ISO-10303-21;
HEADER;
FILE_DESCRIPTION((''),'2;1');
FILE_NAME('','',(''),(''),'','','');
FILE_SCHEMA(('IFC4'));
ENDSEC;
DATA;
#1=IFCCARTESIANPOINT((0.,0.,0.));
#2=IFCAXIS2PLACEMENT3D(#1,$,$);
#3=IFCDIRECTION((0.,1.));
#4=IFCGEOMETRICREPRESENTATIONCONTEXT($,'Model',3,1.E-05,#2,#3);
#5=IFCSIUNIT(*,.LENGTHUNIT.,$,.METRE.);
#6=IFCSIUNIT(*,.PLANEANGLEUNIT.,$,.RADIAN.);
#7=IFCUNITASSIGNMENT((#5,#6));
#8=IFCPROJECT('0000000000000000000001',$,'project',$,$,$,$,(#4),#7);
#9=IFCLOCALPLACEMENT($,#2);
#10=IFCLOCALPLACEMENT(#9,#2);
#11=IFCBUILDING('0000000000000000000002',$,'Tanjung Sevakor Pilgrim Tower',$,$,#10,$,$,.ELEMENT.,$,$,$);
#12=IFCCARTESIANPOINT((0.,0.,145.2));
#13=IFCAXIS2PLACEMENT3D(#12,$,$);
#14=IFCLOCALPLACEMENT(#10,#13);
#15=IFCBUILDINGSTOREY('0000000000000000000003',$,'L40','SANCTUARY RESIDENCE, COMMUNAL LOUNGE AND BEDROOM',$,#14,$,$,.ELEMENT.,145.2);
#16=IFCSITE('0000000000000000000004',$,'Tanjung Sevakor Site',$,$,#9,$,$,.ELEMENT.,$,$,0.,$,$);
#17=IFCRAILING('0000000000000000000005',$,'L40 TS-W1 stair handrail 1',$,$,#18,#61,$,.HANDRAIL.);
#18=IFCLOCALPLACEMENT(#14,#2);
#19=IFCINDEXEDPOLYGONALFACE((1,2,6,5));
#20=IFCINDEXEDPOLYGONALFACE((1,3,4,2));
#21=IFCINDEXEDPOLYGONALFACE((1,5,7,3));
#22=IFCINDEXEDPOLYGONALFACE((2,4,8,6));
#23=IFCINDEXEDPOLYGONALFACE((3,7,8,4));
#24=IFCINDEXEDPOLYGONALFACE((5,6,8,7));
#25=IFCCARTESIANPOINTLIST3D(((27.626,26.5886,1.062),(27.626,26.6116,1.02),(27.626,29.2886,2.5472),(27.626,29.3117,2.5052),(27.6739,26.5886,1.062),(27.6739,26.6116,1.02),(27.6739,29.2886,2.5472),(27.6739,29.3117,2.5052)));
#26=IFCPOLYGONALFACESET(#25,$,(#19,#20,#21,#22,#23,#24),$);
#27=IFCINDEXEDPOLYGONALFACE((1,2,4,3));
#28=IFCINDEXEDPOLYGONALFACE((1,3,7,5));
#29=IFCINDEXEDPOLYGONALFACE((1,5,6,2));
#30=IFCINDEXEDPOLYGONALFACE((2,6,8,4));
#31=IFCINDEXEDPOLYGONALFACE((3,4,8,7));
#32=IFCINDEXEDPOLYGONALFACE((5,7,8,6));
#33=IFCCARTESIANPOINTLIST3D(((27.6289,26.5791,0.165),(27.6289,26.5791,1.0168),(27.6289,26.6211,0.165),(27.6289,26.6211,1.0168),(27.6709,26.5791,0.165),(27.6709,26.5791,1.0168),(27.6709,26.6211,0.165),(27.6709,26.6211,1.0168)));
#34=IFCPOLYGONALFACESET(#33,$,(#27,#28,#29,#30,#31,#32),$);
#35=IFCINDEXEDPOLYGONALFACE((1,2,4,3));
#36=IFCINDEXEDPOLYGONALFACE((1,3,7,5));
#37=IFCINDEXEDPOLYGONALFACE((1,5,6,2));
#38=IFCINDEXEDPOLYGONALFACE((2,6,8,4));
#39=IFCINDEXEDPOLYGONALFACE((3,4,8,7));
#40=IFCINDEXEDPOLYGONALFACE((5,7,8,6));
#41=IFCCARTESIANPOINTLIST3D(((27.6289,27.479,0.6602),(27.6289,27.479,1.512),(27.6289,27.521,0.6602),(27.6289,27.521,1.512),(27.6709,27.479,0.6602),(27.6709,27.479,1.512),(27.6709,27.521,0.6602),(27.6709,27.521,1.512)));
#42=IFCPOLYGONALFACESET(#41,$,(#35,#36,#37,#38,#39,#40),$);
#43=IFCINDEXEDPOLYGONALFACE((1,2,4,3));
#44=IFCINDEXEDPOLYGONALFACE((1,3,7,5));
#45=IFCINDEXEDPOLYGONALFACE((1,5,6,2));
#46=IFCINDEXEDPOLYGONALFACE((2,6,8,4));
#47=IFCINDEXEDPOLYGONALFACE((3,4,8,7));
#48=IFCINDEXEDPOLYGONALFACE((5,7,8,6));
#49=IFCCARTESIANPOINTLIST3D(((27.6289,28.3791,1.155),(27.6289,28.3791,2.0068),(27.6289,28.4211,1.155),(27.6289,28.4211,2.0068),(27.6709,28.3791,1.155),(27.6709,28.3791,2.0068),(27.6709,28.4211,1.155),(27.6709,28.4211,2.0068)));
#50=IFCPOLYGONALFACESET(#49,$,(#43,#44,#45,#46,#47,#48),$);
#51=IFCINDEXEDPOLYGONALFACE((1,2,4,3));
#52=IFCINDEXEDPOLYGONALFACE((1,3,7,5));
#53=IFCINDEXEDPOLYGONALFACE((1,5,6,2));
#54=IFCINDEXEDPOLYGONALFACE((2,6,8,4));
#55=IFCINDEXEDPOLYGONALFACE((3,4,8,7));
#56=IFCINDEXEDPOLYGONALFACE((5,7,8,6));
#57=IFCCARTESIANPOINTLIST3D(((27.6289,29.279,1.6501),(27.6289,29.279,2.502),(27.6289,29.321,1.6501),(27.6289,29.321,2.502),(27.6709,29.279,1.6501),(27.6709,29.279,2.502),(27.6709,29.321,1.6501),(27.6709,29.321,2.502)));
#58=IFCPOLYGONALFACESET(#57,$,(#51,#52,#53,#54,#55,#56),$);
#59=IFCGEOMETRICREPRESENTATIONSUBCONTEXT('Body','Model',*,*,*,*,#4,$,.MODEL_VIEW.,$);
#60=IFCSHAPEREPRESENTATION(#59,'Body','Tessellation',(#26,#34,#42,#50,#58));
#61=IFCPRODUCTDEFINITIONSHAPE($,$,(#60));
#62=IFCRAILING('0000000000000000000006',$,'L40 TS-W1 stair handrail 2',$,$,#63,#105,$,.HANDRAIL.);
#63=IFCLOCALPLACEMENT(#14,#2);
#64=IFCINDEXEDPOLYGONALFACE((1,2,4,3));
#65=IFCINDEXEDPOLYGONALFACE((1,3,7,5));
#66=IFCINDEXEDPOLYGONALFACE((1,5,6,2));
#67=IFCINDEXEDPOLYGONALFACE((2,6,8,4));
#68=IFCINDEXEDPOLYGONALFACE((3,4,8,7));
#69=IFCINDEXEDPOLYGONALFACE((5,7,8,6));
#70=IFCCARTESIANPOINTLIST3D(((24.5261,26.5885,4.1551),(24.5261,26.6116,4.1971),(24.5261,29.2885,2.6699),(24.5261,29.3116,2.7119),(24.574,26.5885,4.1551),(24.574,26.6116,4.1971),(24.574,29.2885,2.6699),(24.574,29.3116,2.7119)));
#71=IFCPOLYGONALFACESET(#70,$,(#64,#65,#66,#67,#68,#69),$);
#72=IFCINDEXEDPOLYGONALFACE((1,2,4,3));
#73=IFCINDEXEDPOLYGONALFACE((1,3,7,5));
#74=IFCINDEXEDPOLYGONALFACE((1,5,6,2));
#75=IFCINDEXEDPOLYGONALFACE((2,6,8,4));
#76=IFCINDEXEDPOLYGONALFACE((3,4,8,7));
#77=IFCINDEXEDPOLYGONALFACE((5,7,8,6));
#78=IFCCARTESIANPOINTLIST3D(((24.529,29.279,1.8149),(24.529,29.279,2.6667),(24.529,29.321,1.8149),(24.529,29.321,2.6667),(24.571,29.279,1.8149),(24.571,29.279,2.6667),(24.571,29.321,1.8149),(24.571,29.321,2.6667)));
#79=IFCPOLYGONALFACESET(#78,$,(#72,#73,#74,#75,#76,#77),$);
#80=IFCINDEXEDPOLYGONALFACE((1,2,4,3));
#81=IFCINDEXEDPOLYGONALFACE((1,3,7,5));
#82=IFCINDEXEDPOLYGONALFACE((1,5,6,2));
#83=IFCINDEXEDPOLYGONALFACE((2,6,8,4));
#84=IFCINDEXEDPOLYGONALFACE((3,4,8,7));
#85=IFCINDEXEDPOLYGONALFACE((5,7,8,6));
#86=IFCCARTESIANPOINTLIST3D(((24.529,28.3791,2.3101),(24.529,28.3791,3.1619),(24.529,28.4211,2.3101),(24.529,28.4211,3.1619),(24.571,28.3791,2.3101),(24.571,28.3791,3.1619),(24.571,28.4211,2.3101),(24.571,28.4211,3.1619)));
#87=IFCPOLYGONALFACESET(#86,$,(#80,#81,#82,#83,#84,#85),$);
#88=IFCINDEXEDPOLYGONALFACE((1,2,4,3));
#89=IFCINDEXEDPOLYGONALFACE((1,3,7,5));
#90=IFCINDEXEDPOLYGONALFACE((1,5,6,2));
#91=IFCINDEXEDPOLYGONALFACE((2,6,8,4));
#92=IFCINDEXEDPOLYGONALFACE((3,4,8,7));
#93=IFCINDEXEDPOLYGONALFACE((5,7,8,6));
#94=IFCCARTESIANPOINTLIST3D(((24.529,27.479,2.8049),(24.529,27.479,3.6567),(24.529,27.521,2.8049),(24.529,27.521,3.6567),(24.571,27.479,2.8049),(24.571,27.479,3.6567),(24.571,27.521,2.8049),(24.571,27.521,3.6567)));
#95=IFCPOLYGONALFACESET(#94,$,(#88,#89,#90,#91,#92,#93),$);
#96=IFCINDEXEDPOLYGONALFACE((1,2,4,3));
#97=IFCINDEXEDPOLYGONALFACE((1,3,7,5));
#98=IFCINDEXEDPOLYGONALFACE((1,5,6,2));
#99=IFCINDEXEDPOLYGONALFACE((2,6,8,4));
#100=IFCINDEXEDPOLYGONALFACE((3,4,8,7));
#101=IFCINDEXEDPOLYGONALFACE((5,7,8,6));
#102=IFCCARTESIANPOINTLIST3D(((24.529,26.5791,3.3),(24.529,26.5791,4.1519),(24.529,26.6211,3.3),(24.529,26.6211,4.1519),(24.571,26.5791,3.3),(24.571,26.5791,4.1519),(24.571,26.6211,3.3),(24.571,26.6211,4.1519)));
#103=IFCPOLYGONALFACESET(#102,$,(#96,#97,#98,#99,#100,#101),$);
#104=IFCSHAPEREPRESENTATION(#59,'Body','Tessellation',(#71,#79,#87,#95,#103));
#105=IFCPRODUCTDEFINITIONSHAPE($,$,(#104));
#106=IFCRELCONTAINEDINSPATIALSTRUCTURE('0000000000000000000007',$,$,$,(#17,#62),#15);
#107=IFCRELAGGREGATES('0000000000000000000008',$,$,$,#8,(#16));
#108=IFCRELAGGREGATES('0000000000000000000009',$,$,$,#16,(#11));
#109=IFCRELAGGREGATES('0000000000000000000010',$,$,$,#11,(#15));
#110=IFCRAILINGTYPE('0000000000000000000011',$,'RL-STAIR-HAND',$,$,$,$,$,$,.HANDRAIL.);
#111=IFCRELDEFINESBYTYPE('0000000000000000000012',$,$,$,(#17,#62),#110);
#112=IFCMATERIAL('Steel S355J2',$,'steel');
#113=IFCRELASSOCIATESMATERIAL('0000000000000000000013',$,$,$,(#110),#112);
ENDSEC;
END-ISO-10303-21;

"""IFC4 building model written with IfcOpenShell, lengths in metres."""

from ifc_helpers import new_model, si_unit, direction, frame, origin, place, context, subcontext, project, spatial, rectangle, extrude, material, type_object, element, save


model = new_model("IFC4")

# Units and contexts
model_context = context("Model", 3, precision=1e-05, world=origin(), true_north=direction((0.0, 1.0)))
body_context = subcontext(model_context, "Body", "Model", "MODEL_VIEW")
ifc_project = project(units=[si_unit("LENGTHUNIT", "METRE"), si_unit("PLANEANGLEUNIT", "RADIAN")], contexts=[model_context])

# Site, building, storey
site_placement = place(None, origin())
site = spatial("IfcSite", under=ifc_project, at=site_placement, Name="Tanjung Sevakor Site", CompositionType="ELEMENT", RefElevation=0.0)
building_placement = place(site_placement, origin())
building = spatial("IfcBuilding", under=site, at=building_placement, Name="Tanjung Sevakor Pilgrim Tower", CompositionType="ELEMENT")
storey_placement = place(building_placement, frame((0.0, 0.0, 145.2)))
storey = spatial("IfcBuildingStorey", under=building, at=storey_placement, Name="L40", Description="SANCTUARY RESIDENCE, COMMUNAL LOUNGE AND BEDROOM", CompositionType="ELEMENT", Elevation=145.2)

# Railings
ifc_material_1 = material(Name="Steel S355J2", Category="steel")
railing_type_1 = type_object("IfcRailingType", Name="RL-STAIR-HAND", PredefinedType="HANDRAIL", material=ifc_material_1)
railing_1_placement = place(storey_placement, frame((27.6499, 26.6001, 0.165)))
element("IfcRailing", 1, at=railing_1_placement, inside=storey, type_object=railing_type_1, Name="L40 TS-W1 stair handrail 1", PredefinedType="HANDRAIL", context=body_context, shape_type="SweptSolid", body=[
    extrude(rectangle(XDim=0.0479, YDim=0.0479), frame((0.0, 0.0, 0.876), z_axis=(0.0, 0.876198, 0.481952), x_axis=(-1.0, 0.0, 0.0)), (0.0, 0.0, 1.0), 3.0815),
    extrude(rectangle(XDim=0.042, YDim=0.042), origin(), (0.0, 0.0, 1.0), 0.8518),
    extrude(rectangle(XDim=0.042, YDim=0.042), frame((0.0, 0.8999, 0.4951)), (0.0, 0.0, 1.0), 0.8518),
    extrude(rectangle(XDim=0.042, YDim=0.042), frame((0.0, 1.8, 0.99)), (0.0, 0.0, 1.0), 0.8518),
    extrude(rectangle(XDim=0.042, YDim=0.042), frame((0.0, 2.7, 1.4851)), (0.0, 0.0, 1.0), 0.8518),
])
railing_2_placement = place(storey_placement, frame((24.55, 29.3, 1.8149)))
element("IfcRailing", 2, at=railing_2_placement, inside=storey, type_object=railing_type_1, Name="L40 TS-W1 stair handrail 2", PredefinedType="HANDRAIL", context=body_context, shape_type="SweptSolid", body=[
    extrude(rectangle(XDim=0.0479, YDim=0.0479), frame((0.0, 0.0, 0.876), z_axis=(0.0, -0.876198, 0.481952), x_axis=(1.0, 0.0, 0.0)), (0.0, 0.0, 1.0), 3.0815),
    extrude(rectangle(XDim=0.042, YDim=0.042), origin(), (0.0, 0.0, 1.0), 0.8518),
    extrude(rectangle(XDim=0.042, YDim=0.042), frame((0.0, -0.8999, 0.4951)), (0.0, 0.0, 1.0), 0.8518),
    extrude(rectangle(XDim=0.042, YDim=0.042), frame((0.0, -1.8, 0.99)), (0.0, 0.0, 1.0), 0.8518),
    extrude(rectangle(XDim=0.042, YDim=0.042), frame((0.0, -2.7, 1.4851)), (0.0, 0.0, 1.0), 0.8518),
])

save(model, "model.ifc")
